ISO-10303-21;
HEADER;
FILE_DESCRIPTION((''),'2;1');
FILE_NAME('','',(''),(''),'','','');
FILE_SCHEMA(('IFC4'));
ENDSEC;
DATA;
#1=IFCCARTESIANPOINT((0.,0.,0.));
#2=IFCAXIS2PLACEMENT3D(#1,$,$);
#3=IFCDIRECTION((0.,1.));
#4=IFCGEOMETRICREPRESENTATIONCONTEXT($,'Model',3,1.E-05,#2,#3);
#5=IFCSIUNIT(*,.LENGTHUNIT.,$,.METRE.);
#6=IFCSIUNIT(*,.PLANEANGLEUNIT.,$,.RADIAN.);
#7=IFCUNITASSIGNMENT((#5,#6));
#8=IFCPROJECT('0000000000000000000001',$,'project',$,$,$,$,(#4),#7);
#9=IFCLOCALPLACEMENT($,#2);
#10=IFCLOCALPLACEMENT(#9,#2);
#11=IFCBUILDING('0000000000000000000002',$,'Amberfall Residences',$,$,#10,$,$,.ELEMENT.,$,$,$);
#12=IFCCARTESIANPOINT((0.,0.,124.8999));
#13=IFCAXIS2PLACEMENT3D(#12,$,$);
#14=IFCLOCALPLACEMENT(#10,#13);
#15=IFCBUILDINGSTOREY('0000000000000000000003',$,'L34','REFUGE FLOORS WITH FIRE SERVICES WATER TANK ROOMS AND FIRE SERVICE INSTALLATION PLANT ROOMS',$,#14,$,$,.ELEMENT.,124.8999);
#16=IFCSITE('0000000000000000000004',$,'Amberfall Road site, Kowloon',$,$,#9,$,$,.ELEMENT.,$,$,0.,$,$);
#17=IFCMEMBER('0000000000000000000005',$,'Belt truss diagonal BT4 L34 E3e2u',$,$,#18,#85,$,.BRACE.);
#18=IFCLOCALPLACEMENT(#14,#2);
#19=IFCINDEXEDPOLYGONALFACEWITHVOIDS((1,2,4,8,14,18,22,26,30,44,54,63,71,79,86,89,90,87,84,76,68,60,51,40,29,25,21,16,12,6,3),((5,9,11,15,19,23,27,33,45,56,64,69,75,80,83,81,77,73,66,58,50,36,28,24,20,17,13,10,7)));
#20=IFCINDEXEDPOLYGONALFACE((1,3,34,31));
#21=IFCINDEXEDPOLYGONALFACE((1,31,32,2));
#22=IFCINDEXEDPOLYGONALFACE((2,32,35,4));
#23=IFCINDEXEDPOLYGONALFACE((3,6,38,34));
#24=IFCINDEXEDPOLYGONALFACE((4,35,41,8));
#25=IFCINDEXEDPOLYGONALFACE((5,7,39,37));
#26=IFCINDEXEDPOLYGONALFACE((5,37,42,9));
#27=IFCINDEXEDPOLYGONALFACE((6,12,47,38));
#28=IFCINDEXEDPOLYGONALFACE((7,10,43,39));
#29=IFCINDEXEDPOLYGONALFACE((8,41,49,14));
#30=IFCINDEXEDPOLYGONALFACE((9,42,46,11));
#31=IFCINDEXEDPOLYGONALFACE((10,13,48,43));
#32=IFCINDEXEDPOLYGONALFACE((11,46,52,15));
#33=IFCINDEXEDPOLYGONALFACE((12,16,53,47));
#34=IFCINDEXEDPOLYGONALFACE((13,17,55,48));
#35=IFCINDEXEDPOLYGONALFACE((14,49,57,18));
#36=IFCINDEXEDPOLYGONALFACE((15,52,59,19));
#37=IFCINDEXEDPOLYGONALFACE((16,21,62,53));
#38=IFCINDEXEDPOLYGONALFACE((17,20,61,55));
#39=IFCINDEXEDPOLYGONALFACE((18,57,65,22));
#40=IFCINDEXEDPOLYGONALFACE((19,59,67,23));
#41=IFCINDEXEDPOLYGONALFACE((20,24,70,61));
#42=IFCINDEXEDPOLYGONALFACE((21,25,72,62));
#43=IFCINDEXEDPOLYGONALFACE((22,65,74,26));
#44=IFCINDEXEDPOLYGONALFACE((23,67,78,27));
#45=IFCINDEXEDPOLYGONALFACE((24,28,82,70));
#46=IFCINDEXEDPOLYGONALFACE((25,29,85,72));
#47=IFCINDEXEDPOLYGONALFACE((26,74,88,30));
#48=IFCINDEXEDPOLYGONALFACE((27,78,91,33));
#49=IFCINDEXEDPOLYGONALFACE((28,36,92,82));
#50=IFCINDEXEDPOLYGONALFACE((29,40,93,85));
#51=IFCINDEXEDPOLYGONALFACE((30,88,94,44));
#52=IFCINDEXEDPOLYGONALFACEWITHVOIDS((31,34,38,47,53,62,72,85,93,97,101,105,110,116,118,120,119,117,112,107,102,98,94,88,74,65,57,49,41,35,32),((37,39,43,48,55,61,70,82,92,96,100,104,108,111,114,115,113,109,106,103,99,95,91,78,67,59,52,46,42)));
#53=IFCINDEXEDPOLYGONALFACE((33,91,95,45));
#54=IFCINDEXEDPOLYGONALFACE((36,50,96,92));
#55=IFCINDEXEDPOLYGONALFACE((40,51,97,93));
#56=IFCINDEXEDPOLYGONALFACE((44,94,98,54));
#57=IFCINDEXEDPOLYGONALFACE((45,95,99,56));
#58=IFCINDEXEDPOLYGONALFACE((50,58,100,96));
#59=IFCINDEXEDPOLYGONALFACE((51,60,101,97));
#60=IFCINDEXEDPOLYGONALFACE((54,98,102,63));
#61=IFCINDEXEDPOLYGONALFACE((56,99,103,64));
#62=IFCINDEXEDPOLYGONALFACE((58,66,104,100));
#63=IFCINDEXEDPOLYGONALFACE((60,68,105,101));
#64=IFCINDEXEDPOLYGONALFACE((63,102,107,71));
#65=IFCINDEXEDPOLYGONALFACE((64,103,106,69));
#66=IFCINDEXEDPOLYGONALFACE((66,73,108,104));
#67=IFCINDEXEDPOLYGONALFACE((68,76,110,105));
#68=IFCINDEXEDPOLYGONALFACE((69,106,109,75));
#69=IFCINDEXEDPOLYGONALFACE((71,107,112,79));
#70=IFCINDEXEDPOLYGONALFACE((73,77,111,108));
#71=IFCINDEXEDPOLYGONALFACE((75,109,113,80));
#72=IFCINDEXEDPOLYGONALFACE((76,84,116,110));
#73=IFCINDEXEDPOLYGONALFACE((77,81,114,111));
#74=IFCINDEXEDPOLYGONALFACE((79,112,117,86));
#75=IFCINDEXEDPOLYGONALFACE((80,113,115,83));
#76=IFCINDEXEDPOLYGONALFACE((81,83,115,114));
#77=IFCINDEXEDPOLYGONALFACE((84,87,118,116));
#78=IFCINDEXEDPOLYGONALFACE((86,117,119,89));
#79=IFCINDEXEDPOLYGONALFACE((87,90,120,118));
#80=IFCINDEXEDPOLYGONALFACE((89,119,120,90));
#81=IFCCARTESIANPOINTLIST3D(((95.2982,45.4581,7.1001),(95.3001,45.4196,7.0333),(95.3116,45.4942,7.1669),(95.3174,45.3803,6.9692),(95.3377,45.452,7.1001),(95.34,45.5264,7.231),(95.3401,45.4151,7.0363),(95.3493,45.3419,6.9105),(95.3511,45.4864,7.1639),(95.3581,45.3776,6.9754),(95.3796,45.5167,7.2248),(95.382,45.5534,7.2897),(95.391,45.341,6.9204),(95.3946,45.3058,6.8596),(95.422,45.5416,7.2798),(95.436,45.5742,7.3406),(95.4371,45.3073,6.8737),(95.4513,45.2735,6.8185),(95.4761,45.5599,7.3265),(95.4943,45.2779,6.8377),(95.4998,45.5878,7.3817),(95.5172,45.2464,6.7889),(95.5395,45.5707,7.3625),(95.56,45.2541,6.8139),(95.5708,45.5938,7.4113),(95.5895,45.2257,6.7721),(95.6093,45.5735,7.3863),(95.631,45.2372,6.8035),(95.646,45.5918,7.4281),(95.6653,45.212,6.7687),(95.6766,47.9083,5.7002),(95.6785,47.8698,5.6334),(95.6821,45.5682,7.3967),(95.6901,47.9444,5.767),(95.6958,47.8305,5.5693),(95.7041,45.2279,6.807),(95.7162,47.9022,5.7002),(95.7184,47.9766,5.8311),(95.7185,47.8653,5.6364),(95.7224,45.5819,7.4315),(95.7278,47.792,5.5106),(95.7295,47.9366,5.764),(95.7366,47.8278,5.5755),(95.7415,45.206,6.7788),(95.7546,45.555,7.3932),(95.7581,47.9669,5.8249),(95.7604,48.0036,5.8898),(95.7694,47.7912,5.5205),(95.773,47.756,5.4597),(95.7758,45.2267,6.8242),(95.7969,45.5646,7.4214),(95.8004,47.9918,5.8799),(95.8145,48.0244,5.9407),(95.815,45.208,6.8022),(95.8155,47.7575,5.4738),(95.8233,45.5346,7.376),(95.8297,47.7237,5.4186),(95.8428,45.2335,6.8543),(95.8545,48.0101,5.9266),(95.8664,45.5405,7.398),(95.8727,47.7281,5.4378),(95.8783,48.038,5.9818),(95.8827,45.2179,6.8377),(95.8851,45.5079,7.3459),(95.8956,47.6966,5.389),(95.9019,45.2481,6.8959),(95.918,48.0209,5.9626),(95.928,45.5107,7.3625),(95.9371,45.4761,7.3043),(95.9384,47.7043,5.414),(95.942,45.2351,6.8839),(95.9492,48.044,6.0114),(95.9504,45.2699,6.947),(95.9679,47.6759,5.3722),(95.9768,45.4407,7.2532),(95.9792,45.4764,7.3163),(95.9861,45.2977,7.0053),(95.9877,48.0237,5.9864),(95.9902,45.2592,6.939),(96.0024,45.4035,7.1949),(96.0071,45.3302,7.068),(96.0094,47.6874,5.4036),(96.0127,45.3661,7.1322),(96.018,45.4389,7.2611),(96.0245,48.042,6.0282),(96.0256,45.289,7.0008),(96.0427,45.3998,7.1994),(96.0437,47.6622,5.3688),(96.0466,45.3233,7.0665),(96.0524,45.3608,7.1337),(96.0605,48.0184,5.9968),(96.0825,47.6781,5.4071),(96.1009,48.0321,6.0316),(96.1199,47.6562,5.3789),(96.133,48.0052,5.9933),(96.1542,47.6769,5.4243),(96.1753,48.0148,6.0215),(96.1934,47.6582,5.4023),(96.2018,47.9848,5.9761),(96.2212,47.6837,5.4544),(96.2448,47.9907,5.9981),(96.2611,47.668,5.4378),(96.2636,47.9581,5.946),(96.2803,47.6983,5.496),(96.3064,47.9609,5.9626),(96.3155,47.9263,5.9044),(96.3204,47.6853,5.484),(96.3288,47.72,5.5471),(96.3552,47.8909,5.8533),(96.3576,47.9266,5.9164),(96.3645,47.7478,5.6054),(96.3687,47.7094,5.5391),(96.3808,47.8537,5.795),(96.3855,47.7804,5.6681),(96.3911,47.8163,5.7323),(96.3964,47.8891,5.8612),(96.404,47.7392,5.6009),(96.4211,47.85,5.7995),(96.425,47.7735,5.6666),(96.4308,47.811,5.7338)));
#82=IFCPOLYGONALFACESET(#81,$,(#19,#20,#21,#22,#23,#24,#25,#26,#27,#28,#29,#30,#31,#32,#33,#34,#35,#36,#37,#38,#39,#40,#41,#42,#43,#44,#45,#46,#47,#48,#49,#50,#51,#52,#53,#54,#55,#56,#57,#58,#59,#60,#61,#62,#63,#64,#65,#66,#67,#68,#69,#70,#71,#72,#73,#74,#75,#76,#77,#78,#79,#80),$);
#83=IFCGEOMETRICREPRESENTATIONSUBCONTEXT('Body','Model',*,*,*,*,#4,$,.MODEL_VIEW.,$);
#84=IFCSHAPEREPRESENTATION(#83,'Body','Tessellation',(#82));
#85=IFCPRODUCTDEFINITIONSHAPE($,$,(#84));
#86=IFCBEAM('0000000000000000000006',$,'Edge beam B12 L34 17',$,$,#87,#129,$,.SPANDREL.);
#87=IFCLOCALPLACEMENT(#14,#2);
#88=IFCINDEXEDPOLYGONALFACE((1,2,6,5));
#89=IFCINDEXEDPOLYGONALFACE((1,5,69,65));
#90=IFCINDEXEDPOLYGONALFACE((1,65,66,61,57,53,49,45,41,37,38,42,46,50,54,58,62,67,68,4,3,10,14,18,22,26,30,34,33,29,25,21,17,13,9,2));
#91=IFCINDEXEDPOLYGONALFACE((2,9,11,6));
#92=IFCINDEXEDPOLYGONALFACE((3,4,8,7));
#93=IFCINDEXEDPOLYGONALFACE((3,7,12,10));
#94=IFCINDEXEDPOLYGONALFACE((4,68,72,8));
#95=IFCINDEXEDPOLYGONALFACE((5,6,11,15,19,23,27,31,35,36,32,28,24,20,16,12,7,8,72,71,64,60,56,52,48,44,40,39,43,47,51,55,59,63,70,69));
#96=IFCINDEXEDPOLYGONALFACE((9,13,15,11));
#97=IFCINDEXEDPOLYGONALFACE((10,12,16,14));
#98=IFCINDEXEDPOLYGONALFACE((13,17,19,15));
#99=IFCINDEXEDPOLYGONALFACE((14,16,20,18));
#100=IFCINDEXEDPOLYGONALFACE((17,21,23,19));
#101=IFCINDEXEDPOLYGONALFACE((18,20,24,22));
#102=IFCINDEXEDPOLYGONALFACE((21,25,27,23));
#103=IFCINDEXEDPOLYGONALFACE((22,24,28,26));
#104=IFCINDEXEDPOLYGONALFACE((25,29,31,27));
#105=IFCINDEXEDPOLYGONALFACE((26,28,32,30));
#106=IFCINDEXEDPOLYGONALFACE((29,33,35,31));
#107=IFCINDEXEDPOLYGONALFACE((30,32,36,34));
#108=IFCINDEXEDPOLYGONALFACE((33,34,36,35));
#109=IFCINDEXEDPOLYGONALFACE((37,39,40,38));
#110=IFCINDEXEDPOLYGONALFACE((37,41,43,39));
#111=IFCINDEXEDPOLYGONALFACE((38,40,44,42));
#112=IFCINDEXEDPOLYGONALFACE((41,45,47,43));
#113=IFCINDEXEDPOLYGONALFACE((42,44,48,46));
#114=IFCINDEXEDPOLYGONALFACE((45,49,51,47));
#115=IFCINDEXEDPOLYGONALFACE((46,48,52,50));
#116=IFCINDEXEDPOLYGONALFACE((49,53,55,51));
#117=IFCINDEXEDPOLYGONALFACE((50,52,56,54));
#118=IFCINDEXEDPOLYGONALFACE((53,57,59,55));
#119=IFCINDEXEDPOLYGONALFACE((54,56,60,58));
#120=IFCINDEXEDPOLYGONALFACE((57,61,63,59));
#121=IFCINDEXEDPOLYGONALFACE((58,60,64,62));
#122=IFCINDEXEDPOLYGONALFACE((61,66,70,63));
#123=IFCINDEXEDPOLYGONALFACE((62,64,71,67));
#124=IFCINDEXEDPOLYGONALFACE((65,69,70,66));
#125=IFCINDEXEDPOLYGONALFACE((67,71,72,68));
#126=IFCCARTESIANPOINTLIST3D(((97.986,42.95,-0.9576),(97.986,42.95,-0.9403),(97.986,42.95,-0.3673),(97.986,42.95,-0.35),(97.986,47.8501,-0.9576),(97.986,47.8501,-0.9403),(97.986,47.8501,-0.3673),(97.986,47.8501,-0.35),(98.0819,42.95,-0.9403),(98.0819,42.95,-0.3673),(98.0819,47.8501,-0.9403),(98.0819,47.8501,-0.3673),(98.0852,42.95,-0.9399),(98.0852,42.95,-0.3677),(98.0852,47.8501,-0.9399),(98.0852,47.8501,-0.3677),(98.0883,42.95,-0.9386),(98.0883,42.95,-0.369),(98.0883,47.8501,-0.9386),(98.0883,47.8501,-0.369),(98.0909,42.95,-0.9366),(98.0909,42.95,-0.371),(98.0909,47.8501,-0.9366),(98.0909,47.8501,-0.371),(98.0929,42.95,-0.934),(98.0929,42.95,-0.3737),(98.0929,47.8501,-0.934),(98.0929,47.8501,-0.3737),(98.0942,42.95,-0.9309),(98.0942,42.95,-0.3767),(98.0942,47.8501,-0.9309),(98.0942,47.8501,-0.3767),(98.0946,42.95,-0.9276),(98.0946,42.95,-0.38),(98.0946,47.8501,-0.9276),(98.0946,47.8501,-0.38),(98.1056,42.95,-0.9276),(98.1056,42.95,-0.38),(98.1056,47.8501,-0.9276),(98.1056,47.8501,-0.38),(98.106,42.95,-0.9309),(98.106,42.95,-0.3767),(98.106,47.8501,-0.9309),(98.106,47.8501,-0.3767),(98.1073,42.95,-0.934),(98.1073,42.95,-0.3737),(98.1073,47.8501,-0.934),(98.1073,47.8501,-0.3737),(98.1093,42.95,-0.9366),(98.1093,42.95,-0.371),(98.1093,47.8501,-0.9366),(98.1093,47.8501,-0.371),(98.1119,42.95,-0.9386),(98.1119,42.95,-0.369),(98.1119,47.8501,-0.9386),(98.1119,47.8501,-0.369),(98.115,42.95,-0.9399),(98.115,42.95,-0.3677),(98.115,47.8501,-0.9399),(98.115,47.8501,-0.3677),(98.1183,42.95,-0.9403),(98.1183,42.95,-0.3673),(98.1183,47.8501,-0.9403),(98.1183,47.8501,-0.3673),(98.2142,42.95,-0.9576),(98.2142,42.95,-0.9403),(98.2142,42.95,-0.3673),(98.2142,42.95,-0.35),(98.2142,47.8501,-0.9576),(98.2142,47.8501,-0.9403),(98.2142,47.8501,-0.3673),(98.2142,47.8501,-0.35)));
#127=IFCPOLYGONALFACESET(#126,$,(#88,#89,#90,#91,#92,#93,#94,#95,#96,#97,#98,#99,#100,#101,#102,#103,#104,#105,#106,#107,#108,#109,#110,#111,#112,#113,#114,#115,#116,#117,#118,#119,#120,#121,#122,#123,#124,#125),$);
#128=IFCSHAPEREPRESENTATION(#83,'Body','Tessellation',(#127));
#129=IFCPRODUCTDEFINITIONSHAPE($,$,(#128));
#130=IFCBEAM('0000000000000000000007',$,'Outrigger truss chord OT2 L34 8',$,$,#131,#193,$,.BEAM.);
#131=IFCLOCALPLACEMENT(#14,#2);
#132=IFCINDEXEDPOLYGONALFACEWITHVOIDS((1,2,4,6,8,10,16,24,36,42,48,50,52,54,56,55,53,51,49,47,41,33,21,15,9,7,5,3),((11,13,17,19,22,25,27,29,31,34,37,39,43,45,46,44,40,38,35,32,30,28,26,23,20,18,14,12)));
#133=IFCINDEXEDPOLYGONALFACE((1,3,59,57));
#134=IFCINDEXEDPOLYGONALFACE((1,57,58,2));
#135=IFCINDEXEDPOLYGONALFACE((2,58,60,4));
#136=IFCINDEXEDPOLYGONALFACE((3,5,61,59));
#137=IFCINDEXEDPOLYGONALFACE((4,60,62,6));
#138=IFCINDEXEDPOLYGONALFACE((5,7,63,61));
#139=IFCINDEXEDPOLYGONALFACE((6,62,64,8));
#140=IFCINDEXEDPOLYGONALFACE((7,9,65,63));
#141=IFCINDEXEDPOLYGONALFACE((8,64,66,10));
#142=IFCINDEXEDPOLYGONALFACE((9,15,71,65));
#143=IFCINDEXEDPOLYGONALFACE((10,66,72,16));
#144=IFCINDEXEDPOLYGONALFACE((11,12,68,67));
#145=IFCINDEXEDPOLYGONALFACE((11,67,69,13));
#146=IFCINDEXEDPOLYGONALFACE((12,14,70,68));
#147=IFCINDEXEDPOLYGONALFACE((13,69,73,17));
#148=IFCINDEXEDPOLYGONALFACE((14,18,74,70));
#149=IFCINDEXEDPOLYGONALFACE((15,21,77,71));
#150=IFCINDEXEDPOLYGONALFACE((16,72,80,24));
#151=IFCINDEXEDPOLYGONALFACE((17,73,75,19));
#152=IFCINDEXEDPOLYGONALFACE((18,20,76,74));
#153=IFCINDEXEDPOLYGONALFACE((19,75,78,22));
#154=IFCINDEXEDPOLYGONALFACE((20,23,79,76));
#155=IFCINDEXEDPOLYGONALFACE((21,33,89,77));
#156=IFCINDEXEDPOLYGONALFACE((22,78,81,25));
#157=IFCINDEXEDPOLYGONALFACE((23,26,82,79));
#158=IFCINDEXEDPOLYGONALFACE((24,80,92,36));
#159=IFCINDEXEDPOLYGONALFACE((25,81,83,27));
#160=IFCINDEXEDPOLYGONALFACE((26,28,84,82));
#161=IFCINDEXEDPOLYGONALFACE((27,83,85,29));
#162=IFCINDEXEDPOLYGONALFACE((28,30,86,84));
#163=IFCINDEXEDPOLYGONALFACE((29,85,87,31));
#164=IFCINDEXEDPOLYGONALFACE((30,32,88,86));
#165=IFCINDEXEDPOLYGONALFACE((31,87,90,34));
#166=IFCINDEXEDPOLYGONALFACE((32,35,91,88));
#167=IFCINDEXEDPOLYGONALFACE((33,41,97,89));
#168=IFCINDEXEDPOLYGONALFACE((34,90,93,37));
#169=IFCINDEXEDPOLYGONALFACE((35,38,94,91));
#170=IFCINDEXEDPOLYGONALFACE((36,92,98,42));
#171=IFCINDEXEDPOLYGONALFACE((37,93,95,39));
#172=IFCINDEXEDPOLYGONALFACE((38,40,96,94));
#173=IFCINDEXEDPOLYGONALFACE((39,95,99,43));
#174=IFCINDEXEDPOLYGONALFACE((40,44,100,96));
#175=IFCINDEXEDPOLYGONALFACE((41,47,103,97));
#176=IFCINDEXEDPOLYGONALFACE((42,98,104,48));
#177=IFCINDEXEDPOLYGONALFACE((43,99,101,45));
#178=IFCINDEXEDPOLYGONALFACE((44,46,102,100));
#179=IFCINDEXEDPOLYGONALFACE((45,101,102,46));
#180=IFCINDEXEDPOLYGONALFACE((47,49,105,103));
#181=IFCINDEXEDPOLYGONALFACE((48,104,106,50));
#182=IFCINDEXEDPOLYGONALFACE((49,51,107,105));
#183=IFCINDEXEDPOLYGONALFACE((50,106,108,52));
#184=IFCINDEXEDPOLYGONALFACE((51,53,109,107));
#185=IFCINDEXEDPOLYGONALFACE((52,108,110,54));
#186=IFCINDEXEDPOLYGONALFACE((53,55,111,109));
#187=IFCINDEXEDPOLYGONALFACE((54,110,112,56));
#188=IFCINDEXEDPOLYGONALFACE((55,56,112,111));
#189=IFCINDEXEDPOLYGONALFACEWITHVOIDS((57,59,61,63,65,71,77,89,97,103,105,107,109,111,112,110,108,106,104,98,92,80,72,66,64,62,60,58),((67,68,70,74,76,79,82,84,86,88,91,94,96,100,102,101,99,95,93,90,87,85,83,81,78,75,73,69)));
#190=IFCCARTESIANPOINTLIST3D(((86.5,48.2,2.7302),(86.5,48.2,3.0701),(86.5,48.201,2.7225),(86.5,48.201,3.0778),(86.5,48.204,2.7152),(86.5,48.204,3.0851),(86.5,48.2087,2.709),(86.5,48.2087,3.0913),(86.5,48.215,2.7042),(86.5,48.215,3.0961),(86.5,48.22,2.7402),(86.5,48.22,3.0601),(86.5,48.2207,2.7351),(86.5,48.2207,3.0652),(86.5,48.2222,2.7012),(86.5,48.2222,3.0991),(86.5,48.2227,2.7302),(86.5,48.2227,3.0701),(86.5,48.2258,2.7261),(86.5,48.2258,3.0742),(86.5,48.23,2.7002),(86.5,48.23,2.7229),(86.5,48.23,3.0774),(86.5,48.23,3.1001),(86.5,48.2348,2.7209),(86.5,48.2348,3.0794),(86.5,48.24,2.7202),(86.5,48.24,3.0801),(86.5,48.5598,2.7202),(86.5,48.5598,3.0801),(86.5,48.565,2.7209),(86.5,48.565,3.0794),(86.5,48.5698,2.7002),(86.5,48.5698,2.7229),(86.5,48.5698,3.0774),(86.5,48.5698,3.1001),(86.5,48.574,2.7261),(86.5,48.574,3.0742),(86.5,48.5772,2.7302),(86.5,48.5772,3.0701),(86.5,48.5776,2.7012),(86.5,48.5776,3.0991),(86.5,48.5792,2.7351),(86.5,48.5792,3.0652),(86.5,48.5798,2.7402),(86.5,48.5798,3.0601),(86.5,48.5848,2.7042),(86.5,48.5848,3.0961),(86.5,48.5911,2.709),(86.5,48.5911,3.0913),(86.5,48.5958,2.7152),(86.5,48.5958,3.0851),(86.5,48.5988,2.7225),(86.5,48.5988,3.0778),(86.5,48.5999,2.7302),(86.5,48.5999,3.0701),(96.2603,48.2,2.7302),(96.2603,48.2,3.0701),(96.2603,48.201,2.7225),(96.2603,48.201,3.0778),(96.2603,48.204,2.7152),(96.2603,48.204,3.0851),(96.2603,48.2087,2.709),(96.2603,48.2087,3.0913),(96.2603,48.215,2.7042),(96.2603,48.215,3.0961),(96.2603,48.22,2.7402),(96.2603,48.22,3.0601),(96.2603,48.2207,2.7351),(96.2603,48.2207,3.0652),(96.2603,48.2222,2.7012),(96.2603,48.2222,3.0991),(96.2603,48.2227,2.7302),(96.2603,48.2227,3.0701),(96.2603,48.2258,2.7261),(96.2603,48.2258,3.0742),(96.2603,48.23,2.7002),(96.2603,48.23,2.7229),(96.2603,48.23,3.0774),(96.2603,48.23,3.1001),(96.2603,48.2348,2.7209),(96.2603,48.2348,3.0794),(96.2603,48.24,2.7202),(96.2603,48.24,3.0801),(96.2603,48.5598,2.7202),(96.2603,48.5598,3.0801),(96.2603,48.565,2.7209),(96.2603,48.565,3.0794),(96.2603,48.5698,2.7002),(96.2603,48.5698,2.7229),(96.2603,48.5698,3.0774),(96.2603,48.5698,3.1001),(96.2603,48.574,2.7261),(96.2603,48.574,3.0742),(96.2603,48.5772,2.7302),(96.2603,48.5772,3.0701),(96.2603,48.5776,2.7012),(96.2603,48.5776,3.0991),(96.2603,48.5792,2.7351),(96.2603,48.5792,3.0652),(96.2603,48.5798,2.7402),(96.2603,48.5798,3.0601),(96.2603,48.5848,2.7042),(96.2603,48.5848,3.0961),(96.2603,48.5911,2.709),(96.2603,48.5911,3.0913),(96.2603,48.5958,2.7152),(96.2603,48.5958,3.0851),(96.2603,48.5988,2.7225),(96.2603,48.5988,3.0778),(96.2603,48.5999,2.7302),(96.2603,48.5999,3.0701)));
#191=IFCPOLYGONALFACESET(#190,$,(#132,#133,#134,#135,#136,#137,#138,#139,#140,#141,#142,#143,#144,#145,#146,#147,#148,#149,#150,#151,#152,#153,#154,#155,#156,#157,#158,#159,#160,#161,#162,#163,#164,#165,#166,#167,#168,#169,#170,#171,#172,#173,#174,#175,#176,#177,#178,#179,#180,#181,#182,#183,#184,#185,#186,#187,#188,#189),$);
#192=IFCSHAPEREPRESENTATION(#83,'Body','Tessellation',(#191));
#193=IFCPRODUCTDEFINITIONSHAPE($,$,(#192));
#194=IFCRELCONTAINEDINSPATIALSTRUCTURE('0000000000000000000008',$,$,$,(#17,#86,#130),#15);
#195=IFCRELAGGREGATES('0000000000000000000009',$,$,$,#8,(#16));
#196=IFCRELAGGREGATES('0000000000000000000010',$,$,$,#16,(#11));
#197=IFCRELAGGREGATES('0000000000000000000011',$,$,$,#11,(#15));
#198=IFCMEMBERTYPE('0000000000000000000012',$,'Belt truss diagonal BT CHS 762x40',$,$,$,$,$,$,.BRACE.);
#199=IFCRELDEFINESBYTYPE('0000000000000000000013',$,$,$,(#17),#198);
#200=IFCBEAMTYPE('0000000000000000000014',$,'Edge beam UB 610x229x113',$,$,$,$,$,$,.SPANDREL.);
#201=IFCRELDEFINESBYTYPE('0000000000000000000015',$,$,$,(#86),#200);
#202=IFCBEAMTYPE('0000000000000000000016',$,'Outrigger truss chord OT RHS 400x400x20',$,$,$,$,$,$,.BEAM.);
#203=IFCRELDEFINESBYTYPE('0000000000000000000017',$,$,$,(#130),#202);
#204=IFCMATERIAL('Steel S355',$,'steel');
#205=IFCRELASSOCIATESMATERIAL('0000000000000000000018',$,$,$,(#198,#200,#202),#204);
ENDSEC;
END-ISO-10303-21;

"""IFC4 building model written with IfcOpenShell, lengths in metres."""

from ifc_helpers import new_model, si_unit, direction, frame, origin, origin_2d, place, context, subcontext, project, spatial, hollow_rectangle, hollow_circle, i_section, extrude, material, material_profile, profile_set, type_object, element, save


model = new_model("IFC4")

# Units and contexts
model_context = context("Model", 3, precision=1e-05, world=origin(), true_north=direction((0.0, 1.0)))
body_context = subcontext(model_context, "Body", "Model", "MODEL_VIEW")
ifc_project = project(units=[si_unit("LENGTHUNIT", "METRE"), si_unit("PLANEANGLEUNIT", "RADIAN")], contexts=[model_context])

# Site, building, storey
site_placement = place(None, origin())
site = spatial("IfcSite", under=ifc_project, at=site_placement, Name="Amberfall Road site, Kowloon", CompositionType="ELEMENT", RefElevation=0.0)
building_placement = place(site_placement, origin())
building = spatial("IfcBuilding", under=site, at=building_placement, Name="Amberfall Residences", CompositionType="ELEMENT")
storey_placement = place(building_placement, frame((0.0, 0.0, 124.8999)))
storey = spatial("IfcBuildingStorey", under=building, at=storey_placement, Name="L34", Description="REFUGE FLOORS WITH FIRE SERVICES WATER TANK ROOMS AND FIRE SERVICE INSTALLATION PLANT ROOMS", CompositionType="ELEMENT", Elevation=124.8999)

# Shared definitions
ifc_material_1 = material(Name="Steel S355", Category="steel")

# Member
ifc_material_profile_1 = material_profile(ifc_material_1, hollow_circle(Radius=0.3811, WallThickness=0.04, at=origin_2d()), Name="CHS 762x40")
ifc_profile_set_1 = profile_set([ifc_material_profile_1], Name="Steel S355")
member_type_1 = type_object("IfcMemberType", Name="Belt truss diagonal BT CHS 762x40", PredefinedType="BRACE", material=ifc_profile_set_1)
member_1_placement = place(storey_placement, frame((95.6748, 45.3999, 7.1001), z_axis=(0.13291, 0.860572, -0.491682), x_axis=(-0.988283, 0.152634, 0.0)))
element("IfcMember", 1, at=member_1_placement, inside=storey, type_object=member_type_1, Name="Belt truss diagonal BT4 L34 E3e2u", PredefinedType="BRACE", context=body_context, shape_type="SweptSolid", body=[
    extrude(hollow_circle(Radius=0.3811, WallThickness=0.04, at=origin_2d()), origin(), (0.0, 0.0, 1.0), 2.8472),
])

# Beams
ifc_material_profile_2 = material_profile(ifc_material_1, i_section(OverallWidth=0.2283, OverallDepth=0.6077, WebThickness=0.011, FlangeThickness=0.0173, FilletRadius=0.0127, at=origin_2d()), Name="UB 610x229x113")
ifc_profile_set_2 = profile_set([ifc_material_profile_2], Name="Steel S355")
beam_type_1 = type_object("IfcBeamType", Name="Edge beam UB 610x229x113", PredefinedType="SPANDREL", material=ifc_profile_set_2)
beam_1_placement = place(storey_placement, frame((98.1001, 42.95, -0.6538), z_axis=(0.0, 1.0, 0.0), x_axis=(-1.0, 0.0, 0.0)))
element("IfcBeam", 2, at=beam_1_placement, inside=storey, type_object=beam_type_1, Name="Edge beam B12 L34 17", PredefinedType="SPANDREL", context=body_context, shape_type="SweptSolid", body=[
    extrude(i_section(OverallWidth=0.2283, OverallDepth=0.6077, WebThickness=0.011, FlangeThickness=0.0173, FilletRadius=0.0127, at=origin_2d()), origin(), (0.0, 0.0, 1.0), 4.9001),
])
ifc_material_profile_3 = material_profile(ifc_material_1, hollow_rectangle(XDim=0.3999, YDim=0.3999, WallThickness=0.02, InnerFilletRadius=0.02, OuterFilletRadius=0.03, at=origin_2d()), Name="RHS 400x400x20")
ifc_profile_set_3 = profile_set([ifc_material_profile_3], Name="Steel S355")
beam_type_2 = type_object("IfcBeamType", Name="Outrigger truss chord OT RHS 400x400x20", PredefinedType="BEAM", material=ifc_profile_set_3)
beam_2_placement = place(storey_placement, frame((96.2603, 48.3999, 2.9001), z_axis=(-1.0, 0.0, 0.0), x_axis=(0.0, -1.0, 0.0)))
element("IfcBeam", 3, at=beam_2_placement, inside=storey, type_object=beam_type_2, Name="Outrigger truss chord OT2 L34 8", PredefinedType="BEAM", context=body_context, shape_type="SweptSolid", body=[
    extrude(hollow_rectangle(XDim=0.3999, YDim=0.3999, WallThickness=0.02, InnerFilletRadius=0.02, OuterFilletRadius=0.03, at=origin_2d()), origin(), (0.0, 0.0, 1.0), 9.7603),
])

save(model, "model.ifc")
